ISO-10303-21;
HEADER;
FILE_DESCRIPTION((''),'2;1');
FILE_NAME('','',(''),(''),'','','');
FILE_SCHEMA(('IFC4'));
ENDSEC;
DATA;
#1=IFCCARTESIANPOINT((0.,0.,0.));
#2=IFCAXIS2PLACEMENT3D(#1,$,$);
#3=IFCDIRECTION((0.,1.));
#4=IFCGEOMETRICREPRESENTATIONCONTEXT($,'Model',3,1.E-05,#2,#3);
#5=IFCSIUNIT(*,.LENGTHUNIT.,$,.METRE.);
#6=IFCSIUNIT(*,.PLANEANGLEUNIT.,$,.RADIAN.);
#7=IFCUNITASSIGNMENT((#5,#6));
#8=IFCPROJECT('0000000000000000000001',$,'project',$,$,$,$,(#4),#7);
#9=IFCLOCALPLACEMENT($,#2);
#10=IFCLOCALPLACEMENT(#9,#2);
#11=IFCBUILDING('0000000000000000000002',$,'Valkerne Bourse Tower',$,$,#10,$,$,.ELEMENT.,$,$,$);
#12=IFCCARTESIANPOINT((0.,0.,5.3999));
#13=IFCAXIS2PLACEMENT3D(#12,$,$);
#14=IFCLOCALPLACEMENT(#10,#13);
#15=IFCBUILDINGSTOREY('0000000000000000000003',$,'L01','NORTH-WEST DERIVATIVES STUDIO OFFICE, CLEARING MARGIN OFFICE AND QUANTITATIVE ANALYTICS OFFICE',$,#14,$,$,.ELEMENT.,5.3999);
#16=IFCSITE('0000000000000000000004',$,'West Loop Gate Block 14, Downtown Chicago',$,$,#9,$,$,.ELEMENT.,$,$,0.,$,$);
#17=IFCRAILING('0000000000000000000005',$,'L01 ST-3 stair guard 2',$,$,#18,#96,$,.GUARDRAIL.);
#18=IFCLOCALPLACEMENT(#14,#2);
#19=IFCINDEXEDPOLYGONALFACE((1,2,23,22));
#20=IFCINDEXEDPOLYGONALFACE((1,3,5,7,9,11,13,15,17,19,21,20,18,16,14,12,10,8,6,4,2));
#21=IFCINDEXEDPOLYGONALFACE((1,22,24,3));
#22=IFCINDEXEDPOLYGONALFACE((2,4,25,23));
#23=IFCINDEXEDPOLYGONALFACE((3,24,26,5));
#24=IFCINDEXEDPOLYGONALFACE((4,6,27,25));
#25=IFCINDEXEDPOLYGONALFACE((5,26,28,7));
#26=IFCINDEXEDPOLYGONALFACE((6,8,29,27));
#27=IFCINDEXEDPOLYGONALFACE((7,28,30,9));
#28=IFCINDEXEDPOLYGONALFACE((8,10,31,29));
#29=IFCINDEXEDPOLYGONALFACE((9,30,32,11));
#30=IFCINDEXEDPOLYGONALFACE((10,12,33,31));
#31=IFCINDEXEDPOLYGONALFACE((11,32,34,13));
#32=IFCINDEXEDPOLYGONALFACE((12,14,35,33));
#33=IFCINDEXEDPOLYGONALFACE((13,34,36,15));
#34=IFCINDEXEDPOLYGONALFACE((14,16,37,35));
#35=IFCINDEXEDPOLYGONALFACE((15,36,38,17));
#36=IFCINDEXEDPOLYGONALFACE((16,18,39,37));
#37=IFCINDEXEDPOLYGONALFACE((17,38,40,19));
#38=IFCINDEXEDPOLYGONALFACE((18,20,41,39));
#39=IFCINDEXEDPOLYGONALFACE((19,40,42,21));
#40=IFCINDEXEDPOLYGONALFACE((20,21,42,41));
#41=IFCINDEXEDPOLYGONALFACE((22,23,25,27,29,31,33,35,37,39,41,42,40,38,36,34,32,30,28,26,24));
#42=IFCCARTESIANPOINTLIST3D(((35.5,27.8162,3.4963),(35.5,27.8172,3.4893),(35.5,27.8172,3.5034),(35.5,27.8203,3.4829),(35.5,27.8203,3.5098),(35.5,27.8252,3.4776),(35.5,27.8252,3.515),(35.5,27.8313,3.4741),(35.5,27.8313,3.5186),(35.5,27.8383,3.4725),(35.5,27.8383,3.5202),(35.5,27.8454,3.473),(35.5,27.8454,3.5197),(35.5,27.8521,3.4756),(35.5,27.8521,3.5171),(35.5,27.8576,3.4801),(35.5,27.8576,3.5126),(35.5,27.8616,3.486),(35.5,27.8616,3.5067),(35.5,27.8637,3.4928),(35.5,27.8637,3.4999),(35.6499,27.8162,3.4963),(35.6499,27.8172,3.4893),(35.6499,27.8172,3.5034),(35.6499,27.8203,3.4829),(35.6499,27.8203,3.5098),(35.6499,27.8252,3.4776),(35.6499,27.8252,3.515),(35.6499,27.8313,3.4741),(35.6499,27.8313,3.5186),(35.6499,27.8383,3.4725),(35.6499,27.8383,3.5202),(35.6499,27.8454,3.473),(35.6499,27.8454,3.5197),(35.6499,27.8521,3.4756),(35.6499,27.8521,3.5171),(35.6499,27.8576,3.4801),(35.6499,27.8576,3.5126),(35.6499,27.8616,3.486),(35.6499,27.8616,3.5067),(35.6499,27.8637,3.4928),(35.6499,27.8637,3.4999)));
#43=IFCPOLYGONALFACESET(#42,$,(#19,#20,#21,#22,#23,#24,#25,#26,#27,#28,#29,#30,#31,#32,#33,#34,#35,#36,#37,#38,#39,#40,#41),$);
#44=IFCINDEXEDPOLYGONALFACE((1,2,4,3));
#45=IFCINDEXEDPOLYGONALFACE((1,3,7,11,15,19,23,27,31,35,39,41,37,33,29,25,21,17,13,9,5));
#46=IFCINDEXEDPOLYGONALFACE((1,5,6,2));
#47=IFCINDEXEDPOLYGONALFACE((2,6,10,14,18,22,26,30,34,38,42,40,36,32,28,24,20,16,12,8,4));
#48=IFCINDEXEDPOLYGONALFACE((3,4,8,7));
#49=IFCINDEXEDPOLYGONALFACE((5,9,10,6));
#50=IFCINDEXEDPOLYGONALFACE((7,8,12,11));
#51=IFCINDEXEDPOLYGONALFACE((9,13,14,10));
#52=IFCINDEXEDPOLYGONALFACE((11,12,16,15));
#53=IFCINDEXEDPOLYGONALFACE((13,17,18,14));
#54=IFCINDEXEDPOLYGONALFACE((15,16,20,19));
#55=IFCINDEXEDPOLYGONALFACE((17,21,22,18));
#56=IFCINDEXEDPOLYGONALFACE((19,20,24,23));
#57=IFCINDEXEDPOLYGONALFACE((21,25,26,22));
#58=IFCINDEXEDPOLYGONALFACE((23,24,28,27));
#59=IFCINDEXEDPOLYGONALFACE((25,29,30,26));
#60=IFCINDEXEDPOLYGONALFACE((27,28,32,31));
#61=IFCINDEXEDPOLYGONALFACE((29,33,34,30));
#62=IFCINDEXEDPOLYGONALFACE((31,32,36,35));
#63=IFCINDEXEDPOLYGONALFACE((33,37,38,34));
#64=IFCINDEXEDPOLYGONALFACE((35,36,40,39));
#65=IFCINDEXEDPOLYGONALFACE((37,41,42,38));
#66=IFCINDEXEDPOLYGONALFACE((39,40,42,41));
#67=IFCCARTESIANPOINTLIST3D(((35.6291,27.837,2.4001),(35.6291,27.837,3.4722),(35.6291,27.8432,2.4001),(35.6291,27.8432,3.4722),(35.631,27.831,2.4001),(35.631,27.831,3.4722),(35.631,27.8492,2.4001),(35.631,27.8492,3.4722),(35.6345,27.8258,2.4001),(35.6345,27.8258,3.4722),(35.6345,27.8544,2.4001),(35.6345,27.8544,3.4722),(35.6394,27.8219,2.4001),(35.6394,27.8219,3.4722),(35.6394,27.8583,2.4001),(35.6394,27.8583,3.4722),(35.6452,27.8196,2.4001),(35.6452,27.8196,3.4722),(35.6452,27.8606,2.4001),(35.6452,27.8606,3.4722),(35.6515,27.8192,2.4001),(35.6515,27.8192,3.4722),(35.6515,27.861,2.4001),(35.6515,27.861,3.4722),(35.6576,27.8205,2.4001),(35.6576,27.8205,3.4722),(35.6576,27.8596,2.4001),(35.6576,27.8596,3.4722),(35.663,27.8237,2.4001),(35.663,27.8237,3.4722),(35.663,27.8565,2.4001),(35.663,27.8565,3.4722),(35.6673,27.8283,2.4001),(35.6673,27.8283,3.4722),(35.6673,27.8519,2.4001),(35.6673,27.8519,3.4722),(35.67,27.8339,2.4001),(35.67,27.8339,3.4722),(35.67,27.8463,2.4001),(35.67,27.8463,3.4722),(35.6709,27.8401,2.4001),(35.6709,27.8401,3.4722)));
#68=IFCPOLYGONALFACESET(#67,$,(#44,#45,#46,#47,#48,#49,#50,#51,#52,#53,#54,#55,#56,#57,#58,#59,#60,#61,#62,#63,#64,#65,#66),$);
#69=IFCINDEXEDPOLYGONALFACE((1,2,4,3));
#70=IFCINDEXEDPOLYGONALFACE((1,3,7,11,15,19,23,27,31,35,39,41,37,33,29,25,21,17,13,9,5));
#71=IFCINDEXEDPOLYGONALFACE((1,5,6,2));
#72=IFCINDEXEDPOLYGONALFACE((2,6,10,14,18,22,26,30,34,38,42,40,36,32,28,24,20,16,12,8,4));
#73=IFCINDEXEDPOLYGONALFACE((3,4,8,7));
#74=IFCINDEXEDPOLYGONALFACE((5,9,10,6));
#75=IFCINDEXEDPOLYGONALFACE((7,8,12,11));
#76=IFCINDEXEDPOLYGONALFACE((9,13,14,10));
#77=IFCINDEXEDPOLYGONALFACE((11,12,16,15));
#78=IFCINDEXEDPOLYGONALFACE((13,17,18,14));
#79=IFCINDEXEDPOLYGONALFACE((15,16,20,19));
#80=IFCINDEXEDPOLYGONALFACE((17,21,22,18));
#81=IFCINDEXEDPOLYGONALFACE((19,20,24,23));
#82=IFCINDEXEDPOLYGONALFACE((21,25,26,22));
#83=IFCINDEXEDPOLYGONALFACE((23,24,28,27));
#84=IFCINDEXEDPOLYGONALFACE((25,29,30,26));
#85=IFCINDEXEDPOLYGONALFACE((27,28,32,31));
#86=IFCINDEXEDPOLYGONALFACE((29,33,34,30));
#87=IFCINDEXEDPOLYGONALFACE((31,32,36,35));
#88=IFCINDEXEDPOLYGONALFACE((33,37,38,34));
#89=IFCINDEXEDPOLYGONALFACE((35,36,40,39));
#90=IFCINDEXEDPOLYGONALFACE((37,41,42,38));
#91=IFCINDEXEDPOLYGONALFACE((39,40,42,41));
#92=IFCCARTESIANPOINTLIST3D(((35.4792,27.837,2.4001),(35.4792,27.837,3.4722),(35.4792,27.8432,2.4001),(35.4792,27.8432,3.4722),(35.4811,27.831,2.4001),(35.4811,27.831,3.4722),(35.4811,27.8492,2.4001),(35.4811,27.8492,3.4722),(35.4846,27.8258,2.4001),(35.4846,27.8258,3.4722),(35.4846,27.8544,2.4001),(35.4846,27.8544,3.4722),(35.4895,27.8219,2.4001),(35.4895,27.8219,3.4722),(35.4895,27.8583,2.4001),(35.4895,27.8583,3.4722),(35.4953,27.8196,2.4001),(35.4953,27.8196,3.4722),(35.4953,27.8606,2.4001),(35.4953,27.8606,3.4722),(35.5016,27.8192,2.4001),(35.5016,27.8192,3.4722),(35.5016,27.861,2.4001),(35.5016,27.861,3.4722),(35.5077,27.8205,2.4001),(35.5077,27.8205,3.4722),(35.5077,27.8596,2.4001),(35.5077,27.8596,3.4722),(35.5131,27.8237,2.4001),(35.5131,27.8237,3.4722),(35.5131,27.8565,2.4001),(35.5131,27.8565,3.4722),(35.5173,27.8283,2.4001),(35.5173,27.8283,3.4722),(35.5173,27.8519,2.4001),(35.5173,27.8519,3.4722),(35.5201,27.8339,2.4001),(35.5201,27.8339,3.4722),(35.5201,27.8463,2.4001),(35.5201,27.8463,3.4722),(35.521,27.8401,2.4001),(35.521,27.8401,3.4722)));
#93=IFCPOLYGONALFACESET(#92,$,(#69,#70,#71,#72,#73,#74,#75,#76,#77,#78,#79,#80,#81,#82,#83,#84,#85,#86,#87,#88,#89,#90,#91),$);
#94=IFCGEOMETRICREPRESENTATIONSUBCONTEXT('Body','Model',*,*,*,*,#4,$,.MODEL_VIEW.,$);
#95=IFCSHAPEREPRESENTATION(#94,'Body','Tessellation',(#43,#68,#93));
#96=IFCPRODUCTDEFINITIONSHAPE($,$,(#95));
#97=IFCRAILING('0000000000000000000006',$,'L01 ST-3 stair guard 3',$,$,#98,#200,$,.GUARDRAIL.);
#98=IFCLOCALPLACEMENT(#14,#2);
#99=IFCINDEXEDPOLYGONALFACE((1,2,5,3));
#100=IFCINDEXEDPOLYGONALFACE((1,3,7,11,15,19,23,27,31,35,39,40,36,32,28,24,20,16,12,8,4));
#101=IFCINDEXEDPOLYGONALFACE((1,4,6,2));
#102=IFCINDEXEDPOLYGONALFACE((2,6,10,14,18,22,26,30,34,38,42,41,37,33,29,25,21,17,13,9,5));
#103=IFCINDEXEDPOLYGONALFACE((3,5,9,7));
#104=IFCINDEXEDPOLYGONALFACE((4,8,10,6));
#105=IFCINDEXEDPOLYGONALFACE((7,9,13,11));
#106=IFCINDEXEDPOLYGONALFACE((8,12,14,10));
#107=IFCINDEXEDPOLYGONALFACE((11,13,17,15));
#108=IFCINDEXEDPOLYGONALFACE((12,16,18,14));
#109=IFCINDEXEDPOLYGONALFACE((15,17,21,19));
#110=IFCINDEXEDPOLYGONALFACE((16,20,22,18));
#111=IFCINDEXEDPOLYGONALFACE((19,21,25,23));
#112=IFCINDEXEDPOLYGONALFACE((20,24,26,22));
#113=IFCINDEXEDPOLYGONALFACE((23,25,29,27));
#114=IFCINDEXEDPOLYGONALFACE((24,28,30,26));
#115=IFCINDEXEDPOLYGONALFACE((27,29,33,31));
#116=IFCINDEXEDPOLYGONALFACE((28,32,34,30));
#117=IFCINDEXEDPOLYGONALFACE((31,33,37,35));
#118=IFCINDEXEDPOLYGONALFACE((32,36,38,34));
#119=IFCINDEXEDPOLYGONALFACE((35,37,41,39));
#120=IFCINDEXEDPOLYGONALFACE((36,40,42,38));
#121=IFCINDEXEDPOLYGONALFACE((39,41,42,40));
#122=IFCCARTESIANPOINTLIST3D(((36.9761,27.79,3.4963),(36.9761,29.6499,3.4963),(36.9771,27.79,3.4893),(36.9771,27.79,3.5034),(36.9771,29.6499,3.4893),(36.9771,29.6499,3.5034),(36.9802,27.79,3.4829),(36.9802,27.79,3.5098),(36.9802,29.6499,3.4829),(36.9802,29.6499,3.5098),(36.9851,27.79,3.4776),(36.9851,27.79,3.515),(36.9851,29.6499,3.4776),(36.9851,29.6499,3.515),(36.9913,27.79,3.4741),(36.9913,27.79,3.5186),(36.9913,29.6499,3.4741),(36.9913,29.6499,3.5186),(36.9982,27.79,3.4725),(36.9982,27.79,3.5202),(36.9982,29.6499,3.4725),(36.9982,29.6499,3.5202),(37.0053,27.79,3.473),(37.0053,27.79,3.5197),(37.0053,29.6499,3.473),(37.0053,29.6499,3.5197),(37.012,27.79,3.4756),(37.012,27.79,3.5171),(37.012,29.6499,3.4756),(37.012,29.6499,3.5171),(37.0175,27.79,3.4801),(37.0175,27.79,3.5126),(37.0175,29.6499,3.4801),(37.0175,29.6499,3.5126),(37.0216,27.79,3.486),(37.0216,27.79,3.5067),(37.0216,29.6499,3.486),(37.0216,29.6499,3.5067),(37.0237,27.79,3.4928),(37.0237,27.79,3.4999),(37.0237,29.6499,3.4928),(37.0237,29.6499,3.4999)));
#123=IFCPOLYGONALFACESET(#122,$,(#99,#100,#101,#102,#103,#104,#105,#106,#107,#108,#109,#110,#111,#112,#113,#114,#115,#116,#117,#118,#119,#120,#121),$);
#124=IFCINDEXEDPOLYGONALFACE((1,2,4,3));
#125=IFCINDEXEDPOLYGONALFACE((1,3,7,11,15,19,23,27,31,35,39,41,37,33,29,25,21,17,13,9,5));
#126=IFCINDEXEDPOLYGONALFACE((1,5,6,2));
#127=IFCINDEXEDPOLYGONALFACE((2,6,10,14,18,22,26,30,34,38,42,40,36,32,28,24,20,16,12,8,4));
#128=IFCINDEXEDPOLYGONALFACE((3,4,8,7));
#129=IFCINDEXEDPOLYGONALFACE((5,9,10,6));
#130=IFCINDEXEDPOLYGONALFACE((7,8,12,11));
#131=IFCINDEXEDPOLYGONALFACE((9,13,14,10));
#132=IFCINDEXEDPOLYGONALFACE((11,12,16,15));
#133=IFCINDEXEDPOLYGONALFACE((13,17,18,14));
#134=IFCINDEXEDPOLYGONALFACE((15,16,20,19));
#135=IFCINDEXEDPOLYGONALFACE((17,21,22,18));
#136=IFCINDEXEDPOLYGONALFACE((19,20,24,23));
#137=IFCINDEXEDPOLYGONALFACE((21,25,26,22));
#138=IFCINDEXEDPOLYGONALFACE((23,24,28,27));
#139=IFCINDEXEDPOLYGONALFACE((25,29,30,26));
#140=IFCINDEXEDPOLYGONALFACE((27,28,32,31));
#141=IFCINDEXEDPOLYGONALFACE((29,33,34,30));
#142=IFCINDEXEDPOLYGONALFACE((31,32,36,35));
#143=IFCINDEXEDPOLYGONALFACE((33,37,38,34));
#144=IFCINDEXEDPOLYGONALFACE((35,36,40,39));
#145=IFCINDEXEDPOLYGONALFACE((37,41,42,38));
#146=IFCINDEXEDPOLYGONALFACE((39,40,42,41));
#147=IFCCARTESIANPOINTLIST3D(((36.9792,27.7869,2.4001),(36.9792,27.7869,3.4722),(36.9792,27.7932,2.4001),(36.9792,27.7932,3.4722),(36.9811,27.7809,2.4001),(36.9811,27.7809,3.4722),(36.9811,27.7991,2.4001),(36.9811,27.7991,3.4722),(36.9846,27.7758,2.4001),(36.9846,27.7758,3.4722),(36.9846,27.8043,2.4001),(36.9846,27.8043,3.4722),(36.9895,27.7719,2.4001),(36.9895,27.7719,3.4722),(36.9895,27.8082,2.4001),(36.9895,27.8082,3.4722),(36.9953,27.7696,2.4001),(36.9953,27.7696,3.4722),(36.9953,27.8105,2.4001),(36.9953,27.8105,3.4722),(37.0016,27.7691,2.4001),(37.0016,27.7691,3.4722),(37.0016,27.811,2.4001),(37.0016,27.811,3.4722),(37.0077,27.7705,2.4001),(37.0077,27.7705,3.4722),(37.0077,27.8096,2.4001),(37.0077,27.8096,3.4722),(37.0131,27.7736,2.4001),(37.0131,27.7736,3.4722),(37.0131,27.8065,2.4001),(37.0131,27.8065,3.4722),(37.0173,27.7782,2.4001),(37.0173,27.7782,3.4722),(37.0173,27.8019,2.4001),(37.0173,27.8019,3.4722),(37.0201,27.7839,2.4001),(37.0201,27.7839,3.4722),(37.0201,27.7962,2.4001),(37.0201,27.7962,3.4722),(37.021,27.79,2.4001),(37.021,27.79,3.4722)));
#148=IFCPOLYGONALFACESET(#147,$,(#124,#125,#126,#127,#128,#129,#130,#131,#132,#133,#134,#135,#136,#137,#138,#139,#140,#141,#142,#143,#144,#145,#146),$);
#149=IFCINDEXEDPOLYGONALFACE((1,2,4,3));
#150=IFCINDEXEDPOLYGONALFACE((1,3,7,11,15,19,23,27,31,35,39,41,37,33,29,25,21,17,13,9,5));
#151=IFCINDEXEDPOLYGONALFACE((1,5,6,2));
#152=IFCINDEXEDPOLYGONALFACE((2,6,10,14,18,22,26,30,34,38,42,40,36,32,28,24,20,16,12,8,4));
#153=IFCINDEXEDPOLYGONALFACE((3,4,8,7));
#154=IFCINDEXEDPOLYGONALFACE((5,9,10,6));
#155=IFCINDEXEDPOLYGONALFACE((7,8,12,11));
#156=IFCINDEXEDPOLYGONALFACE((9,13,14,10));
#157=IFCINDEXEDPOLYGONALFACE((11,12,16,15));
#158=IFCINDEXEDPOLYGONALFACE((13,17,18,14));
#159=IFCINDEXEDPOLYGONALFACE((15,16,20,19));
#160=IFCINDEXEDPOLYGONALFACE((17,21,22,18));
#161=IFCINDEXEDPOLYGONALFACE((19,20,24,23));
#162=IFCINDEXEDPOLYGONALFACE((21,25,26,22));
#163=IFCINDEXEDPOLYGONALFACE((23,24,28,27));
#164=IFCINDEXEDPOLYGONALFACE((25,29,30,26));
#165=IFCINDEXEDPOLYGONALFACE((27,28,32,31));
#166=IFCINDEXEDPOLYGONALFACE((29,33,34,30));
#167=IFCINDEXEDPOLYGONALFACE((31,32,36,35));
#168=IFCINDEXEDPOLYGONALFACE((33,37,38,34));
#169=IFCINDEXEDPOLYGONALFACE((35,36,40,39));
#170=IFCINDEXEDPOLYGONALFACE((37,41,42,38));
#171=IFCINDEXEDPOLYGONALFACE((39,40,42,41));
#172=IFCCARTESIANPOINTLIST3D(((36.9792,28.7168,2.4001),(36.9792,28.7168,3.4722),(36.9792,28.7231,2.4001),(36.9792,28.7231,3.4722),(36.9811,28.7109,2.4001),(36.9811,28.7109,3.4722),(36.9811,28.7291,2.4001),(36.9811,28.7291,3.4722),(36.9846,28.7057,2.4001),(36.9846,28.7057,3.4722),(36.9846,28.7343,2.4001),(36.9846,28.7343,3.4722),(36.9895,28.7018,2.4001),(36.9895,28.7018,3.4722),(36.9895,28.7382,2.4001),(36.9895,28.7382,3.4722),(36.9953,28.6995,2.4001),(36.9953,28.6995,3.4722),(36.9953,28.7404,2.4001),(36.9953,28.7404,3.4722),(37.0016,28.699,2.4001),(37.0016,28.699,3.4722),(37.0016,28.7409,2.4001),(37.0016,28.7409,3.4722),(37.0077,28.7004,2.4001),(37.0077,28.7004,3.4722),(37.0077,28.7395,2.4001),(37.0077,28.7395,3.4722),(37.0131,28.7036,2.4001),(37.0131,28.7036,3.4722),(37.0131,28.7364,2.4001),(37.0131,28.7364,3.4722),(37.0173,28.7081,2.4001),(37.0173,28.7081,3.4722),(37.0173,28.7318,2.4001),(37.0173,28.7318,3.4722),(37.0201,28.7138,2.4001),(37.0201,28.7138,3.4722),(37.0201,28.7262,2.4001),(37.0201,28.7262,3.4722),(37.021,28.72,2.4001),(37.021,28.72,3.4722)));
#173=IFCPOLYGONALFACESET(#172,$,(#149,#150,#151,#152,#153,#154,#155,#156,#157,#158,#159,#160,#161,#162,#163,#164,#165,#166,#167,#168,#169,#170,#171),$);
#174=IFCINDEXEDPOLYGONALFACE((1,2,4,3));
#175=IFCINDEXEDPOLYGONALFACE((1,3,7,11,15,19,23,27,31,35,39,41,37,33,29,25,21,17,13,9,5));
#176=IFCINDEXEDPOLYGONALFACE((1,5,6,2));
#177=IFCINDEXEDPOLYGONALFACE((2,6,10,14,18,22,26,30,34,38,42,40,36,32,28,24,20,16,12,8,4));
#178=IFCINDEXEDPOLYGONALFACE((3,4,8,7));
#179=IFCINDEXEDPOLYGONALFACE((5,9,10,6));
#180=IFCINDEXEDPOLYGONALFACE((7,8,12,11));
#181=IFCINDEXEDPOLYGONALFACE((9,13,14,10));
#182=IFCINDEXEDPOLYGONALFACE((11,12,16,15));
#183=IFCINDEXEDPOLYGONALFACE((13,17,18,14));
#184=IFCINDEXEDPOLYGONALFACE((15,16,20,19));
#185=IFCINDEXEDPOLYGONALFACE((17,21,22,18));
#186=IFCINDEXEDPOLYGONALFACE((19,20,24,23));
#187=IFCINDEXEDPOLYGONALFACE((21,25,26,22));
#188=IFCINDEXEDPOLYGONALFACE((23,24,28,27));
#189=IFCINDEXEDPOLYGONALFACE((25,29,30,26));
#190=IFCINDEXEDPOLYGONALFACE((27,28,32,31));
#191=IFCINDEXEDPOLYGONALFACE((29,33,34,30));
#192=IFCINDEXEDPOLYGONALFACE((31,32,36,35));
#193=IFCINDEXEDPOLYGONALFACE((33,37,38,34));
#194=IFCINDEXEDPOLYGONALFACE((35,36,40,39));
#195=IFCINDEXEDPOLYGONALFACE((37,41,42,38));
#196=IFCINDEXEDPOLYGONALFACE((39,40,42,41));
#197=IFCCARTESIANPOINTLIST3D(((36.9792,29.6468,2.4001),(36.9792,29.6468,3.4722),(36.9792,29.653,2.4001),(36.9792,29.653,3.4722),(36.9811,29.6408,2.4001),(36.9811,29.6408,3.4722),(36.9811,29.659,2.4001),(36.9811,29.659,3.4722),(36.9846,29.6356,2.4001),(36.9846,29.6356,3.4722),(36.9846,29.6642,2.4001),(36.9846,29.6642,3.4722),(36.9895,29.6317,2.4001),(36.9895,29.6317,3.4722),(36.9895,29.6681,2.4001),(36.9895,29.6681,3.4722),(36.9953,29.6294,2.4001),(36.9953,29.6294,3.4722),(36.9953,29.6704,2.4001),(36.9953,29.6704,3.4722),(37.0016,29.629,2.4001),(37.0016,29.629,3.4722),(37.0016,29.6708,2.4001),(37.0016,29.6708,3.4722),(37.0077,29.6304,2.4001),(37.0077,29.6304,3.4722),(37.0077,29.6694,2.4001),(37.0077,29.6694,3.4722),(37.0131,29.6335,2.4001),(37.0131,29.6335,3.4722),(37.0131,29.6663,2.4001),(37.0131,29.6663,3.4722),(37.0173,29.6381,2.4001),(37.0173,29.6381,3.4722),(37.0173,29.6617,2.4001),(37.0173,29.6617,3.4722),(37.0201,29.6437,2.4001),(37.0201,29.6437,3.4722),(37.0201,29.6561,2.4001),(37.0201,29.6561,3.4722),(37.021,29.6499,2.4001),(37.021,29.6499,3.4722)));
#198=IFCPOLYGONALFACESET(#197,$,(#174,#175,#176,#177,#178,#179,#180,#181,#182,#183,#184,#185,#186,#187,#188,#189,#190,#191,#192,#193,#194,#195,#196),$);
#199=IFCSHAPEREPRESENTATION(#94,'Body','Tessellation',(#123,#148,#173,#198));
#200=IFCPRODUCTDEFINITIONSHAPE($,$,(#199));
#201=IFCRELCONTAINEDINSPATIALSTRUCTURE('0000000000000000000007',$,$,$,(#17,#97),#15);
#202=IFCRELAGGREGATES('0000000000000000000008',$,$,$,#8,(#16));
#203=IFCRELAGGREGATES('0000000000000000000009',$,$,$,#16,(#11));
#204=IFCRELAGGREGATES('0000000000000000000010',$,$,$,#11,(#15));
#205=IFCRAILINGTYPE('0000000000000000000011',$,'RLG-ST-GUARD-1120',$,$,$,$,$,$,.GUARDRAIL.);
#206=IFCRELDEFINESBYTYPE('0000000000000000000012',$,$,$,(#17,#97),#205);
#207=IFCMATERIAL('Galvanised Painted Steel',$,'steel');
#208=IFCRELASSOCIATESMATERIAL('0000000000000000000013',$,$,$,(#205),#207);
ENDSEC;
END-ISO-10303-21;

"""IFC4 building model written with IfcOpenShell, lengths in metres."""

from ifc_helpers import new_model, si_unit, direction, frame, origin, origin_2d, place, context, subcontext, project, spatial, circle, extrude, material, type_object, element, save


model = new_model("IFC4")

# Units and contexts
model_context = context("Model", 3, precision=1e-05, world=origin(), true_north=direction((0.0, 1.0)))
body_context = subcontext(model_context, "Body", "Model", "MODEL_VIEW")
ifc_project = project(units=[si_unit("LENGTHUNIT", "METRE"), si_unit("PLANEANGLEUNIT", "RADIAN")], contexts=[model_context])

# Site, building, storey
site_placement = place(None, origin())
site = spatial("IfcSite", under=ifc_project, at=site_placement, Name="West Loop Gate Block 14, Downtown Chicago", CompositionType="ELEMENT", RefElevation=0.0)
building_placement = place(site_placement, origin())
building = spatial("IfcBuilding", under=site, at=building_placement, Name="Valkerne Bourse Tower", CompositionType="ELEMENT")
storey_placement = place(building_placement, frame((0.0, 0.0, 5.3999)))
storey = spatial("IfcBuildingStorey", under=building, at=storey_placement, Name="L01", Description="NORTH-WEST DERIVATIVES STUDIO OFFICE, CLEARING MARGIN OFFICE AND QUANTITATIVE ANALYTICS OFFICE", CompositionType="ELEMENT", Elevation=5.3999)

# Shared definitions
ifc_material_1 = material(Name="Galvanised Painted Steel", Category="steel")

# Railings
railing_type_1 = type_object("IfcRailingType", Name="RLG-ST-GUARD-1120", PredefinedType="GUARDRAIL", material=ifc_material_1)
railing_1_placement = place(storey_placement, frame((35.6499, 27.8401, 2.4001)))
element("IfcRailing", 1, at=railing_1_placement, inside=storey, type_object=railing_type_1, Name="L01 ST-3 stair guard 2", PredefinedType="GUARDRAIL", context=body_context, shape_type="SweptSolid", body=[
    extrude(circle(Radius=0.0239, at=origin_2d()), frame((0.0, 0.0, 1.0962), z_axis=(-1.0, 0.0, 0.0), x_axis=(0.0, -1.0, 0.0)), (0.0, 0.0, 1.0), 0.1499),
    extrude(circle(Radius=0.021, at=origin_2d()), origin(), (0.0, 0.0, 1.0), 1.072),
    extrude(circle(Radius=0.021, at=origin_2d()), frame((-0.1499, 0.0, 0.0)), (0.0, 0.0, 1.0), 1.072),
])
for number, where, name in (
    (2, (37.0, 27.79, 2.4001), "L01 ST-3 stair guard 3"),
):
    element("IfcRailing", number, at=place(storey_placement, frame(where)), inside=storey, type_object=railing_type_1, Name=name, PredefinedType="GUARDRAIL", context=body_context, shape_type="SweptSolid", body=[
        extrude(circle(Radius=0.0239, at=origin_2d()), frame((0.0, 0.0, 1.0962), z_axis=(0.0, 1.0, 0.0), x_axis=(-1.0, 0.0, 0.0)), (0.0, 0.0, 1.0), 1.8599),
        extrude(circle(Radius=0.021, at=origin_2d()), origin(), (0.0, 0.0, 1.0), 1.072),
        extrude(circle(Radius=0.021, at=origin_2d()), frame((0.0, 0.9299, 0.0)), (0.0, 0.0, 1.0), 1.072),
        extrude(circle(Radius=0.021, at=origin_2d()), frame((0.0, 1.8599, 0.0)), (0.0, 0.0, 1.0), 1.072),
    ])

save(model, "model.ifc")
